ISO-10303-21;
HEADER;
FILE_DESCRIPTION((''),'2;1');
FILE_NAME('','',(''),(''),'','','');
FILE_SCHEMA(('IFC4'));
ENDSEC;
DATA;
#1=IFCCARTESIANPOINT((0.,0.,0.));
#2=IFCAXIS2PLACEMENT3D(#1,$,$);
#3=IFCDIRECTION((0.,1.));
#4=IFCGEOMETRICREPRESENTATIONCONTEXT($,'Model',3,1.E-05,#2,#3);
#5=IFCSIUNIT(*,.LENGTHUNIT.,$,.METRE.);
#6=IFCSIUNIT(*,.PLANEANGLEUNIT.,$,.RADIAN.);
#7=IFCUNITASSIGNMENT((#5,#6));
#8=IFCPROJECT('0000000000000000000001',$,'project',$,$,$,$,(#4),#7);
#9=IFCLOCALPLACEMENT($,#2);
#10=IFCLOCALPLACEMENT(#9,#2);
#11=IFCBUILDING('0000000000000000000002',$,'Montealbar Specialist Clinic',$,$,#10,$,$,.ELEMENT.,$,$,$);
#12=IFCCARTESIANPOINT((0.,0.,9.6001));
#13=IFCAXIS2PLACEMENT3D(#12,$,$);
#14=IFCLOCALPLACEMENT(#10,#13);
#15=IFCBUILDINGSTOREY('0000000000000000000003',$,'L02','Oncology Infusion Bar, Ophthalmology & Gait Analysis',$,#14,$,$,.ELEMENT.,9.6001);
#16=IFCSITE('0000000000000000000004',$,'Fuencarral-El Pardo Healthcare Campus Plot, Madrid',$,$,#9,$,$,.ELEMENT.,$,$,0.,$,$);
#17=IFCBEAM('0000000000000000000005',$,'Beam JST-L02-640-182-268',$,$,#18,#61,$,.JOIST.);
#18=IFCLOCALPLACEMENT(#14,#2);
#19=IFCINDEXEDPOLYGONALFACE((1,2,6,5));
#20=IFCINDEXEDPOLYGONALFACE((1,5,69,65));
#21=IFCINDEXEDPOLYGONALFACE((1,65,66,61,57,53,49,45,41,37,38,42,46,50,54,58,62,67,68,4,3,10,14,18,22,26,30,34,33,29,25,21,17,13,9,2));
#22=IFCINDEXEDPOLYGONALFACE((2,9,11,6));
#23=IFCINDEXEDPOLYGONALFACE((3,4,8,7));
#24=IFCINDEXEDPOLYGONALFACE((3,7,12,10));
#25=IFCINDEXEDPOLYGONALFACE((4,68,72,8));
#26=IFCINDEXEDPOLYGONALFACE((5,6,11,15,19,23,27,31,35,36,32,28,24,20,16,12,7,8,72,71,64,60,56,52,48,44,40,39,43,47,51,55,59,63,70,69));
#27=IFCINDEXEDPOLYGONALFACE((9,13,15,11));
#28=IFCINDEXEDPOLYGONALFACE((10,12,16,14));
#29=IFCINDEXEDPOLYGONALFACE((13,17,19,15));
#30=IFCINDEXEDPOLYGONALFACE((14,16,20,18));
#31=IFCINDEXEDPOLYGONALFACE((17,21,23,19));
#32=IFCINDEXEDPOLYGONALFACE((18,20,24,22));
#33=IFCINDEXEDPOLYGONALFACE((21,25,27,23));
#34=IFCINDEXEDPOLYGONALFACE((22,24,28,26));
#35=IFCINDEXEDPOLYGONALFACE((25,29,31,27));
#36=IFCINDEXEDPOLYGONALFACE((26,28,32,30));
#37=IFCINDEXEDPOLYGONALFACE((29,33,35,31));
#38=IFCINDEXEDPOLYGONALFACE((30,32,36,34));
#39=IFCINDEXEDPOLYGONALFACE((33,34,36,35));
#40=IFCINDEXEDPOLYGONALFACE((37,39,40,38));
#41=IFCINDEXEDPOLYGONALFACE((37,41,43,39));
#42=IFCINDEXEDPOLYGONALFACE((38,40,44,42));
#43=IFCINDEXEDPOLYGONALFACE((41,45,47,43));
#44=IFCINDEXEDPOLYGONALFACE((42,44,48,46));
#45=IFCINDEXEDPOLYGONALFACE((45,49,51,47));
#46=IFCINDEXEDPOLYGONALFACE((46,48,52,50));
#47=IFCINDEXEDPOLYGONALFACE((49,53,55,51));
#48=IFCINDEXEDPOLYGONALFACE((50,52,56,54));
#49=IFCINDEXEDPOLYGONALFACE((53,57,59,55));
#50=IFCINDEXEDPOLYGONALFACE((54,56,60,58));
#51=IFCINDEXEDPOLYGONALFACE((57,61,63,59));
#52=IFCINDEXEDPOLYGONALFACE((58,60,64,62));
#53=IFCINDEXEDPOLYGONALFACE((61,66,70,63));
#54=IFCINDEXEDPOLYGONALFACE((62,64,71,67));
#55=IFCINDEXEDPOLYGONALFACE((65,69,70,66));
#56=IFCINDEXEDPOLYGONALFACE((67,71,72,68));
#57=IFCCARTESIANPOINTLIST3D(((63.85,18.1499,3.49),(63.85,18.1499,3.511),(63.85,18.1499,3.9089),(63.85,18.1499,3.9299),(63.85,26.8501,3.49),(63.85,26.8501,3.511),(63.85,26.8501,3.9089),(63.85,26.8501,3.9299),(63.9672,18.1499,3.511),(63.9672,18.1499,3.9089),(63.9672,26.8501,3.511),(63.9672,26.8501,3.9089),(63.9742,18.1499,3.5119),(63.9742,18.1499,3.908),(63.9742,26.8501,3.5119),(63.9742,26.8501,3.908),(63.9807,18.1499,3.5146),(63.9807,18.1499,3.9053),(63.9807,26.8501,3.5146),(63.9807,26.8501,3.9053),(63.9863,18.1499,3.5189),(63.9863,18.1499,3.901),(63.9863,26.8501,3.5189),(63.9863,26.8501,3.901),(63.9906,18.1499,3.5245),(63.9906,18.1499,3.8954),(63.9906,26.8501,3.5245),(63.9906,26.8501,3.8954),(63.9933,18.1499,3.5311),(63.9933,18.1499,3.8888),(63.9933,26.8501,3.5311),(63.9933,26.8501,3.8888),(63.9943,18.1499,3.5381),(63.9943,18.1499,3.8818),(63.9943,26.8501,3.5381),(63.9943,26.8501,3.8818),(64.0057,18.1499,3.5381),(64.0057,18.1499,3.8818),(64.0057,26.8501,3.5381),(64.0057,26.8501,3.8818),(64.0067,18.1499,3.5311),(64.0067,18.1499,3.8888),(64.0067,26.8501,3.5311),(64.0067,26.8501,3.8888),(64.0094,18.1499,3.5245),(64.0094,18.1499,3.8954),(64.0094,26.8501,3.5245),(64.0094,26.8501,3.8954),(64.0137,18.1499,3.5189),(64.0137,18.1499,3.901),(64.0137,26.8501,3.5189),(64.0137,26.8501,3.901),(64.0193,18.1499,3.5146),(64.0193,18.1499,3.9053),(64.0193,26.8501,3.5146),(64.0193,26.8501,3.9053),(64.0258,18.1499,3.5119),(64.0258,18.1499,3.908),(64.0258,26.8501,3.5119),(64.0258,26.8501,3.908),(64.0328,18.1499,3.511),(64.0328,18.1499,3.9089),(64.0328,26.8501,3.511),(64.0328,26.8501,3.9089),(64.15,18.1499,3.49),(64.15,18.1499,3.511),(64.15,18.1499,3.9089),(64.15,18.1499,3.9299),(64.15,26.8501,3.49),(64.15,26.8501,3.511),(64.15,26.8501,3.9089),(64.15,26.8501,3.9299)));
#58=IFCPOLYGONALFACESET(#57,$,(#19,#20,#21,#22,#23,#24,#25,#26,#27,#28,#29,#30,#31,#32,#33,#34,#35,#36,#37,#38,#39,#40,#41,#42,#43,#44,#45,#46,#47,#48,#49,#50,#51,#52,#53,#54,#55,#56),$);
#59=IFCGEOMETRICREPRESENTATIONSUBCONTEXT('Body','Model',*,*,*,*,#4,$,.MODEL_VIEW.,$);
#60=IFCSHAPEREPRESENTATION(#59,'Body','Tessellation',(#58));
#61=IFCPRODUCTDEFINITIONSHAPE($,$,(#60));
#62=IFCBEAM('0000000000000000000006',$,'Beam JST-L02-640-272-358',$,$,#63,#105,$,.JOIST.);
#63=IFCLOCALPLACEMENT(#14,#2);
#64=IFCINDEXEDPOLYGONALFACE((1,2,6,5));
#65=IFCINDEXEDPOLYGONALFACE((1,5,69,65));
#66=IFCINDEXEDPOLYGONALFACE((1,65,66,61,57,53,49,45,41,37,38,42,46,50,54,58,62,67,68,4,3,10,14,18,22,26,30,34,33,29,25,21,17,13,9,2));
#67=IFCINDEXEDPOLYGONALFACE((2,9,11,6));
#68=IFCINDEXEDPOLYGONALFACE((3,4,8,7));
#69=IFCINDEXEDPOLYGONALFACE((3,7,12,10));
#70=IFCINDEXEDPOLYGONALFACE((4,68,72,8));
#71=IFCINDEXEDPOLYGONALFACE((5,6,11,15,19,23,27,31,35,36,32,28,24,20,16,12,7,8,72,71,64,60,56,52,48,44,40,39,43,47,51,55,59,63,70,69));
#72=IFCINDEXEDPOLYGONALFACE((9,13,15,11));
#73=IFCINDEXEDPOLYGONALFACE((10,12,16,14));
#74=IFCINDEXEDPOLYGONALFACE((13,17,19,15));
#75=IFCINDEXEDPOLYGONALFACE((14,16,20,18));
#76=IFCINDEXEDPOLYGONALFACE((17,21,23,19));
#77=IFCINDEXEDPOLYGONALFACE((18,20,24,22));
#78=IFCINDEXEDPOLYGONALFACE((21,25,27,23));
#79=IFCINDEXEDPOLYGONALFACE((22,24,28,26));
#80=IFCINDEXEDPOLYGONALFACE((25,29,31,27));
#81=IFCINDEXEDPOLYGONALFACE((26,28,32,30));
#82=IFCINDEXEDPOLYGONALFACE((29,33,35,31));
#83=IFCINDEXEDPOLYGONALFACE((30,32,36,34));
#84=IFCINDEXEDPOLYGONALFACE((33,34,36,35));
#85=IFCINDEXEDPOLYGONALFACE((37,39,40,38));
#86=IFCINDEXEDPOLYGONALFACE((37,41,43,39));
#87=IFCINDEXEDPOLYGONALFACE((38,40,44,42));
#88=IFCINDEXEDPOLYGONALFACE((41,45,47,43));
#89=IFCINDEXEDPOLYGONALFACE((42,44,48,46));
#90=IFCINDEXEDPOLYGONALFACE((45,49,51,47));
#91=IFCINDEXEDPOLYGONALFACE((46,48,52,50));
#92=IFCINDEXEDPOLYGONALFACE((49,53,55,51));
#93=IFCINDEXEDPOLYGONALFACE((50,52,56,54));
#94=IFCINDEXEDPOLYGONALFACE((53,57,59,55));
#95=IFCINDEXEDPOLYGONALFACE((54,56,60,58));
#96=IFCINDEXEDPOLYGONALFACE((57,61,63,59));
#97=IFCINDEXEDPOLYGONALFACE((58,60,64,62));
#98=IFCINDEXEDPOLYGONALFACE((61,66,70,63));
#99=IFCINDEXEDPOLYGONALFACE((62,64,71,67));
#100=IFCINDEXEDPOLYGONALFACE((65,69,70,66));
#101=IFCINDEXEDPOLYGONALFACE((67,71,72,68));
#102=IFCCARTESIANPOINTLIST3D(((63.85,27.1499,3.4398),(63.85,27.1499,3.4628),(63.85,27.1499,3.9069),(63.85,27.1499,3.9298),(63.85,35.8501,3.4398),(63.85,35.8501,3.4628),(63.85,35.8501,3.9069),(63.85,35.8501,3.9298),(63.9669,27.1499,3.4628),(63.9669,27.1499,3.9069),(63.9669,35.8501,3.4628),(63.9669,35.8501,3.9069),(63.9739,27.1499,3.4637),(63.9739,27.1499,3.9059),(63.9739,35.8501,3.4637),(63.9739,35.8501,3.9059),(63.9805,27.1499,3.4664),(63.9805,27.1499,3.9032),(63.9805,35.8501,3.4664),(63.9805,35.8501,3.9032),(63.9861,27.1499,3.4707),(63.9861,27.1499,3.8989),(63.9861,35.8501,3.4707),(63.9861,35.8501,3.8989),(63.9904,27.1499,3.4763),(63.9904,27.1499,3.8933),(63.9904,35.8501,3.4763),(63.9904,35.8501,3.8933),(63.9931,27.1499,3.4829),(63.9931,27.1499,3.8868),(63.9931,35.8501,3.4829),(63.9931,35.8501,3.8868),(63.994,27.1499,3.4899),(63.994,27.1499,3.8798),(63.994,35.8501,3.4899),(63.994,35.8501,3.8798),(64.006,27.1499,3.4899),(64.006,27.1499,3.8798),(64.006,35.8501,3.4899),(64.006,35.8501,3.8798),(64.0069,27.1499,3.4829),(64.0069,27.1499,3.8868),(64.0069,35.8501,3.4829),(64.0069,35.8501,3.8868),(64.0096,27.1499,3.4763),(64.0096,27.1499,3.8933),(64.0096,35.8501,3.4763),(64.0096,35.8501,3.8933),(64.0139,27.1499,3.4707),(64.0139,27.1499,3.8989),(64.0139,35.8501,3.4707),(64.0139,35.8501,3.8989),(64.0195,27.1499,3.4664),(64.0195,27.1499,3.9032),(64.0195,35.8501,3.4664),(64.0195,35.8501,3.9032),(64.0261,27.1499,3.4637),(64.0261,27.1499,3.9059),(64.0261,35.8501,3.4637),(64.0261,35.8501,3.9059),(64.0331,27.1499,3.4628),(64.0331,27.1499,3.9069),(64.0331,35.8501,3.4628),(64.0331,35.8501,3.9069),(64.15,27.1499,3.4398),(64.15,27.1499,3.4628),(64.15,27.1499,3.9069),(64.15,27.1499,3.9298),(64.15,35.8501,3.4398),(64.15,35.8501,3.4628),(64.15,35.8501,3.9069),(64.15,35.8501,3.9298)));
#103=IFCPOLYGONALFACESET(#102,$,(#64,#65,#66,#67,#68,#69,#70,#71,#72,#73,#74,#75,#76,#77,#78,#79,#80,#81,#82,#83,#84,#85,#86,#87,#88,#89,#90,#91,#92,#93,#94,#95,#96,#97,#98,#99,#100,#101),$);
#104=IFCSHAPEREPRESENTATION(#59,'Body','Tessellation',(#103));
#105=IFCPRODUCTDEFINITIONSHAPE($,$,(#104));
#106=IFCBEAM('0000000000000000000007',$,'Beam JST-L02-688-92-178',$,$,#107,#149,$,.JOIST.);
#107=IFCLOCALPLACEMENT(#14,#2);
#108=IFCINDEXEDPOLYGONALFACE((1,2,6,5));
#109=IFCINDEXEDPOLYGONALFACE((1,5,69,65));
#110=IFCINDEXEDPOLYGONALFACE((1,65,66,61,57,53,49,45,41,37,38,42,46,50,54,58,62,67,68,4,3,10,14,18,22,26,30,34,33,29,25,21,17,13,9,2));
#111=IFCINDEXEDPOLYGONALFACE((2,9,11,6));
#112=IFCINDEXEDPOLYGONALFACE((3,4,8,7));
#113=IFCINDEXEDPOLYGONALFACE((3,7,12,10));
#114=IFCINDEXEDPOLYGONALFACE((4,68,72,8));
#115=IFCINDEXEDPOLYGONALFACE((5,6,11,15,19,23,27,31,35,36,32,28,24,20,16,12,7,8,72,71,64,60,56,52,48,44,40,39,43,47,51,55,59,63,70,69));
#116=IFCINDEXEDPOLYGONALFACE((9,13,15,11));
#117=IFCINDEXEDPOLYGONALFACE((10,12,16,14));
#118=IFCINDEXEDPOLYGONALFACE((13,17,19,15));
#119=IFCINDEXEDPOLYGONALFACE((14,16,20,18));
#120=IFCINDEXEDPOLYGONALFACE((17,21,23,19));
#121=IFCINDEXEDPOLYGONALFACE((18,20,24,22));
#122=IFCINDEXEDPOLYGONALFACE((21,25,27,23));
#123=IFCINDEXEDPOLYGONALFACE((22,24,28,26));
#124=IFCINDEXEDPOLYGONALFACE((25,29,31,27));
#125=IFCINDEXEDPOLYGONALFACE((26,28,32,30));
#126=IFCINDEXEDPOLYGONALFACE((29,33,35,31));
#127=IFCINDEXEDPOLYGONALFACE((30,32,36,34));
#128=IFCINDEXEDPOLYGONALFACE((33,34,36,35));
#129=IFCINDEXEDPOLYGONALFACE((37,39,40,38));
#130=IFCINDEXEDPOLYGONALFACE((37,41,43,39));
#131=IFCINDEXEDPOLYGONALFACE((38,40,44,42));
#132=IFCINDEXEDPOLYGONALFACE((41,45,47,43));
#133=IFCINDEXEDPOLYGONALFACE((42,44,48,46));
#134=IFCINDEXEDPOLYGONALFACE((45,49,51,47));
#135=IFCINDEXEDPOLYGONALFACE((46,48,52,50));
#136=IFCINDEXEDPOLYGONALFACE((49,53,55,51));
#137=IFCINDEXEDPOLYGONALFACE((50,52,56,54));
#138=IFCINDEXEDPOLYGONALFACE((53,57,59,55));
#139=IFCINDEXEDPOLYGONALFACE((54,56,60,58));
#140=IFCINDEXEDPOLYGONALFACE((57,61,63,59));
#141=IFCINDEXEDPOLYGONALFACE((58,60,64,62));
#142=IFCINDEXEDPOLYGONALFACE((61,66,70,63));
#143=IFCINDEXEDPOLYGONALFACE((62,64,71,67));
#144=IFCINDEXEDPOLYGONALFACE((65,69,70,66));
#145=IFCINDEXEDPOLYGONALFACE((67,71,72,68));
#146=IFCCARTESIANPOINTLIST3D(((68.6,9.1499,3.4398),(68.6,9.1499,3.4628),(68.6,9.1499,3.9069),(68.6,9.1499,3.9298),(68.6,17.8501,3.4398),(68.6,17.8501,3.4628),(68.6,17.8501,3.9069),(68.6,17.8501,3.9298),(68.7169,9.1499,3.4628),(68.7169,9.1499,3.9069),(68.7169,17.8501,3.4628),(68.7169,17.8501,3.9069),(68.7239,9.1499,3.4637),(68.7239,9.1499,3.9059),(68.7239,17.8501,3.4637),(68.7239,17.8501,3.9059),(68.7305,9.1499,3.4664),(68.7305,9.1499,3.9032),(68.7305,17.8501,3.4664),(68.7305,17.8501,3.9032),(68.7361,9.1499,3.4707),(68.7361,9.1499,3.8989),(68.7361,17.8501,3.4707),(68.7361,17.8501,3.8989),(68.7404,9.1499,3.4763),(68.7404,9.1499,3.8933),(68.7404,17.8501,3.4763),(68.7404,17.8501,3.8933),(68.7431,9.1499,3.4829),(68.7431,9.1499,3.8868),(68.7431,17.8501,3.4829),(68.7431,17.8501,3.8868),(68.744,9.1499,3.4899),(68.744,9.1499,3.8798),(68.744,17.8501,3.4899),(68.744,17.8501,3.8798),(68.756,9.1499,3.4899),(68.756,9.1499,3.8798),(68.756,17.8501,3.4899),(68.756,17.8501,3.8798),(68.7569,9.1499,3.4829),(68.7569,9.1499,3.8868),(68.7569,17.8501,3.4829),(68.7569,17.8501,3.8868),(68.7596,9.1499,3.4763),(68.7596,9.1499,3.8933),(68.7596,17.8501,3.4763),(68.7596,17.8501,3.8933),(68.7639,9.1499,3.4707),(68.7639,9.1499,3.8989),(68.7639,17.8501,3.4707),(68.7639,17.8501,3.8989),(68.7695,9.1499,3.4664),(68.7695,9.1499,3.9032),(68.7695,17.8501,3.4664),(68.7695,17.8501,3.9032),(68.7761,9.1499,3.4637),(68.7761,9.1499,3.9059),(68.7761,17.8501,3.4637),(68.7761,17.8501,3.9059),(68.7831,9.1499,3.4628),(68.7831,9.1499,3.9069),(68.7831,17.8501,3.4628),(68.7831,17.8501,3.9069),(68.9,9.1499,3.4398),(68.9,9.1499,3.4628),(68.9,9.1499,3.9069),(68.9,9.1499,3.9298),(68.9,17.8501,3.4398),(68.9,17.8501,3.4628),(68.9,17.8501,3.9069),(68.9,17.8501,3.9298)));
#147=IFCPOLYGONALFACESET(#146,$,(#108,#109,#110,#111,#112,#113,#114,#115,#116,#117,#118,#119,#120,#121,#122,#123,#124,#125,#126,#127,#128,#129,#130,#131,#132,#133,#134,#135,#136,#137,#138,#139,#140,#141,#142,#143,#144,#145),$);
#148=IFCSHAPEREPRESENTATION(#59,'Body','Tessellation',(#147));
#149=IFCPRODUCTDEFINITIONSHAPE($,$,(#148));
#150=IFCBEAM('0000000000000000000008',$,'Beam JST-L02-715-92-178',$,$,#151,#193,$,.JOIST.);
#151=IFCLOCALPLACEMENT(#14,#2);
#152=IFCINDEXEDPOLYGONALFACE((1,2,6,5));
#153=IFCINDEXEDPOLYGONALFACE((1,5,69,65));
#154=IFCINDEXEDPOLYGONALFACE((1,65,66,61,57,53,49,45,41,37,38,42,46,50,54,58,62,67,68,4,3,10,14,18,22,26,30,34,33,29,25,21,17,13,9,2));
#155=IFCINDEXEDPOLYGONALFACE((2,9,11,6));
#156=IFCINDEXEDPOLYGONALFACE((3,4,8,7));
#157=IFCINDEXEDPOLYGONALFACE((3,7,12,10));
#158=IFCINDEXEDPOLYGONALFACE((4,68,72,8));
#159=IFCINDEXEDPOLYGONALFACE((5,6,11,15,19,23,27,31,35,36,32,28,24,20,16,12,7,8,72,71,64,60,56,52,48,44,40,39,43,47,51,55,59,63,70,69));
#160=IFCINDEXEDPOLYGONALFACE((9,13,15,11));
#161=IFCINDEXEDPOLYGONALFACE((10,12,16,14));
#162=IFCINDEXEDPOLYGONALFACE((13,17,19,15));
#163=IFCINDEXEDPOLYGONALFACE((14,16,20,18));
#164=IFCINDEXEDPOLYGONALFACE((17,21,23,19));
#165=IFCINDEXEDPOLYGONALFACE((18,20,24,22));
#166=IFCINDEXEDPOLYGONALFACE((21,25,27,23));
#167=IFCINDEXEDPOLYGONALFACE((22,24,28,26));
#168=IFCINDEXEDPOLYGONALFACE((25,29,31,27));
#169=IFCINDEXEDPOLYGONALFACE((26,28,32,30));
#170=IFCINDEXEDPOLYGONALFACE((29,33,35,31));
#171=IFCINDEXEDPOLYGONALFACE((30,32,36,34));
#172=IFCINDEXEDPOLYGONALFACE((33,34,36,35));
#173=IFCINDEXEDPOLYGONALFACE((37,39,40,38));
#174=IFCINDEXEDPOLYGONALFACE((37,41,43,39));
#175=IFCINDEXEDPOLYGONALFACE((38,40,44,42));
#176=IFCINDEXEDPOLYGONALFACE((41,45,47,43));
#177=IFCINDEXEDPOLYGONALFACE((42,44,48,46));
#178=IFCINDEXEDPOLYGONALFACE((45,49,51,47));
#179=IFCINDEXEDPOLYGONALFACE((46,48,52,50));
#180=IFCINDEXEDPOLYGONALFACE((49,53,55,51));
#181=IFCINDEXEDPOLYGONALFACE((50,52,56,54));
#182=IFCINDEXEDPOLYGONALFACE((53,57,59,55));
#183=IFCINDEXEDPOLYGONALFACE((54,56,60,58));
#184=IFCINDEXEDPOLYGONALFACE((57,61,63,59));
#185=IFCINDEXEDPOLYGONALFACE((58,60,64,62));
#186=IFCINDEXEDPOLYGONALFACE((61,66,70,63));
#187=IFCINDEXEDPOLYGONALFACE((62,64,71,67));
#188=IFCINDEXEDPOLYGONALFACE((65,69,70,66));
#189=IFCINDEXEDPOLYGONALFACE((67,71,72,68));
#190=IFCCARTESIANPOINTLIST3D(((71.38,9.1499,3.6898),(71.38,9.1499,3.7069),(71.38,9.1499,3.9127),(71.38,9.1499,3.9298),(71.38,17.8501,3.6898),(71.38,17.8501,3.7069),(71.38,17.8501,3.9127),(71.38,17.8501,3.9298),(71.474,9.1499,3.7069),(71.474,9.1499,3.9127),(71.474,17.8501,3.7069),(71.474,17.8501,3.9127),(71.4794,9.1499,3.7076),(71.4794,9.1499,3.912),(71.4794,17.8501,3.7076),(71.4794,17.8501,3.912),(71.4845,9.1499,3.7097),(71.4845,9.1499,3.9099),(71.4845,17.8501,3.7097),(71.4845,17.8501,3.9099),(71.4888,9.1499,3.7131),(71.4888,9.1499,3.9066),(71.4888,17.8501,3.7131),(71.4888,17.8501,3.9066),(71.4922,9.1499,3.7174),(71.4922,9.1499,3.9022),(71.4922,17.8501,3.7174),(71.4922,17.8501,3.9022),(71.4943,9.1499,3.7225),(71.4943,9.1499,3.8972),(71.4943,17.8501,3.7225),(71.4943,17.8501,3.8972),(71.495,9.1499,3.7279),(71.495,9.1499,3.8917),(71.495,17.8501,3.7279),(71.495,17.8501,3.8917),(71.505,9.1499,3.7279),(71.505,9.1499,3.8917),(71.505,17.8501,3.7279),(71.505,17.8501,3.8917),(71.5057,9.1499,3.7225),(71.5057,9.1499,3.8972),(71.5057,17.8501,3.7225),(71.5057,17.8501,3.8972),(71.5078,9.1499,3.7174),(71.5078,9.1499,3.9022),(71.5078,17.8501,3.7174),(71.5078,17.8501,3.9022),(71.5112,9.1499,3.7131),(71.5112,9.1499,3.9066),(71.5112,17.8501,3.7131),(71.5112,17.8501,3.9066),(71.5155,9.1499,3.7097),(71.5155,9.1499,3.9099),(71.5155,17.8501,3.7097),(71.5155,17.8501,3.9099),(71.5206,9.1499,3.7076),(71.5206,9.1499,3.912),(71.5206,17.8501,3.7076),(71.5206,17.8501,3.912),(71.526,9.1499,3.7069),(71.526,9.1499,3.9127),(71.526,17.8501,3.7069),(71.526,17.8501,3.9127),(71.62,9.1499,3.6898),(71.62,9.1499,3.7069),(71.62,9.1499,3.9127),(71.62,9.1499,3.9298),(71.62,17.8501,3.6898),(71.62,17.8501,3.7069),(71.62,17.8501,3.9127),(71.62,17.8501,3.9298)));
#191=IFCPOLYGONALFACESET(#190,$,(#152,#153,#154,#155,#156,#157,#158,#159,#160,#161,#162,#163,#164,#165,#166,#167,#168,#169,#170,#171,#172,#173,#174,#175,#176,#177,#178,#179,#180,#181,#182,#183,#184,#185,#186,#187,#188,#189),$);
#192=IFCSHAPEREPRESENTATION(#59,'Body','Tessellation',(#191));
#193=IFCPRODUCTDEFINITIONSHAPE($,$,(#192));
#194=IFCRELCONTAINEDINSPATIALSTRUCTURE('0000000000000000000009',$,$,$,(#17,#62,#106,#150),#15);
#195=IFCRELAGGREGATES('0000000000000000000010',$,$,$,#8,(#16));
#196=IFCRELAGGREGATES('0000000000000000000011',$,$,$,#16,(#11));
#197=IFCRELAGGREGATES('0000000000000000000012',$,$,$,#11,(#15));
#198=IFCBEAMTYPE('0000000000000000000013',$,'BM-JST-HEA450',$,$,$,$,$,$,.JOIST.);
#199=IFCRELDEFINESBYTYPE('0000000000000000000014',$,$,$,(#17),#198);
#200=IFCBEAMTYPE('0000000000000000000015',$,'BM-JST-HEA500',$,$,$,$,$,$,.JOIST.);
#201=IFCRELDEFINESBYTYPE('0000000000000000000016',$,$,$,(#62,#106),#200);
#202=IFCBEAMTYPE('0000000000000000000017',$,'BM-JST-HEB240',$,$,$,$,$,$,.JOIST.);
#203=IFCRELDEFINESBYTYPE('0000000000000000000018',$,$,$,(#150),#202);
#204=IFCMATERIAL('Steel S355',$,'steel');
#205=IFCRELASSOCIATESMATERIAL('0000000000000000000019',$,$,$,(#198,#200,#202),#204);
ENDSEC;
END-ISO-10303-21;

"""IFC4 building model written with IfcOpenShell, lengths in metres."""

from ifc_helpers import new_model, si_unit, direction, frame, origin, origin_2d, place, context, subcontext, project, spatial, i_section, extrude, material, material_profile, profile_set, type_object, element, save


model = new_model("IFC4")

# Units and contexts
model_context = context("Model", 3, precision=1e-05, world=origin(), true_north=direction((0.0, 1.0)))
body_context = subcontext(model_context, "Body", "Model", "MODEL_VIEW")
ifc_project = project(units=[si_unit("LENGTHUNIT", "METRE"), si_unit("PLANEANGLEUNIT", "RADIAN")], contexts=[model_context])

# Site, building, storey
site_placement = place(None, origin())
site = spatial("IfcSite", under=ifc_project, at=site_placement, Name="Fuencarral-El Pardo Healthcare Campus Plot, Madrid", CompositionType="ELEMENT", RefElevation=0.0)
building_placement = place(site_placement, origin())
building = spatial("IfcBuilding", under=site, at=building_placement, Name="Montealbar Specialist Clinic", CompositionType="ELEMENT")
storey_placement = place(building_placement, frame((0.0, 0.0, 9.6001)))
storey = spatial("IfcBuildingStorey", under=building, at=storey_placement, Name="L02", Description="Oncology Infusion Bar, Ophthalmology & Gait Analysis", CompositionType="ELEMENT", Elevation=9.6001)

# Shared definitions
ifc_material_1 = material(Name="Steel S355", Category="steel")

# Beams
ifc_material_profile_1 = material_profile(ifc_material_1, i_section(OverallWidth=0.3, OverallDepth=0.4399, WebThickness=0.0115, FlangeThickness=0.021, FilletRadius=0.0271, at=origin_2d()), Name="HEA 450", Category="steel")
ifc_profile_set_1 = profile_set([ifc_material_profile_1], Name="Steel S355")
beam_type_1 = type_object("IfcBeamType", Name="BM-JST-HEA450", PredefinedType="JOIST", material=ifc_profile_set_1)
beam_1_placement = place(storey_placement, frame((64.0, 18.1499, 3.71), z_axis=(0.0, 1.0, 0.0), x_axis=(-1.0, 0.0, 0.0)))
element("IfcBeam", 1, at=beam_1_placement, inside=storey, type_object=beam_type_1, Name="Beam JST-L02-640-182-268", PredefinedType="JOIST", context=body_context, shape_type="SweptSolid", body=[
    extrude(i_section(OverallWidth=0.3, OverallDepth=0.4399, WebThickness=0.0115, FlangeThickness=0.021, FilletRadius=0.0271, at=origin_2d()), origin(), (0.0, 0.0, 1.0), 8.7002),
])
ifc_material_profile_2 = material_profile(ifc_material_1, i_section(OverallWidth=0.3, OverallDepth=0.49, WebThickness=0.012, FlangeThickness=0.0229, FilletRadius=0.0271, at=origin_2d()), Name="HEA 500", Category="steel")
ifc_profile_set_2 = profile_set([ifc_material_profile_2], Name="Steel S355")
beam_type_2 = type_object("IfcBeamType", Name="BM-JST-HEA500", PredefinedType="JOIST", material=ifc_profile_set_2)
for number, where, z_axis, x_axis, name in (
    (2, (64.0, 27.1499, 3.6848), (0.0, 1.0, 0.0), (-1.0, 0.0, 0.0), "Beam JST-L02-640-272-358"),
    (3, (68.75, 9.1499, 3.6848), (0.0, 1.0, 0.0), (-1.0, 0.0, 0.0), "Beam JST-L02-688-92-178"),
):
    element("IfcBeam", number, at=place(storey_placement, frame(where, z_axis=z_axis, x_axis=x_axis)), inside=storey, type_object=beam_type_2, Name=name, PredefinedType="JOIST", context=body_context, shape_type="SweptSolid", body=[
        extrude(i_section(OverallWidth=0.3, OverallDepth=0.49, WebThickness=0.012, FlangeThickness=0.0229, FilletRadius=0.0271, at=origin_2d()), origin(), (0.0, 0.0, 1.0), 8.7002),
    ])
ifc_material_profile_3 = material_profile(ifc_material_1, i_section(OverallWidth=0.24, OverallDepth=0.24, WebThickness=0.01, FlangeThickness=0.0171, FilletRadius=0.021, at=origin_2d()), Name="HEB 240", Category="steel")
ifc_profile_set_3 = profile_set([ifc_material_profile_3], Name="Steel S355")
beam_type_3 = type_object("IfcBeamType", Name="BM-JST-HEB240", PredefinedType="JOIST", material=ifc_profile_set_3)
for number, where, z_axis, x_axis, name in (
    (4, (71.5, 9.1499, 3.8098), (0.0, 1.0, 0.0), (-1.0, 0.0, 0.0), "Beam JST-L02-715-92-178"),
):
    element("IfcBeam", number, at=place(storey_placement, frame(where, z_axis=z_axis, x_axis=x_axis)), inside=storey, type_object=beam_type_3, Name=name, PredefinedType="JOIST", context=body_context, shape_type="SweptSolid", body=[
        extrude(i_section(OverallWidth=0.24, OverallDepth=0.24, WebThickness=0.01, FlangeThickness=0.0171, FilletRadius=0.021, at=origin_2d()), origin(), (0.0, 0.0, 1.0), 8.7002),
    ])

save(model, "model.ifc")
